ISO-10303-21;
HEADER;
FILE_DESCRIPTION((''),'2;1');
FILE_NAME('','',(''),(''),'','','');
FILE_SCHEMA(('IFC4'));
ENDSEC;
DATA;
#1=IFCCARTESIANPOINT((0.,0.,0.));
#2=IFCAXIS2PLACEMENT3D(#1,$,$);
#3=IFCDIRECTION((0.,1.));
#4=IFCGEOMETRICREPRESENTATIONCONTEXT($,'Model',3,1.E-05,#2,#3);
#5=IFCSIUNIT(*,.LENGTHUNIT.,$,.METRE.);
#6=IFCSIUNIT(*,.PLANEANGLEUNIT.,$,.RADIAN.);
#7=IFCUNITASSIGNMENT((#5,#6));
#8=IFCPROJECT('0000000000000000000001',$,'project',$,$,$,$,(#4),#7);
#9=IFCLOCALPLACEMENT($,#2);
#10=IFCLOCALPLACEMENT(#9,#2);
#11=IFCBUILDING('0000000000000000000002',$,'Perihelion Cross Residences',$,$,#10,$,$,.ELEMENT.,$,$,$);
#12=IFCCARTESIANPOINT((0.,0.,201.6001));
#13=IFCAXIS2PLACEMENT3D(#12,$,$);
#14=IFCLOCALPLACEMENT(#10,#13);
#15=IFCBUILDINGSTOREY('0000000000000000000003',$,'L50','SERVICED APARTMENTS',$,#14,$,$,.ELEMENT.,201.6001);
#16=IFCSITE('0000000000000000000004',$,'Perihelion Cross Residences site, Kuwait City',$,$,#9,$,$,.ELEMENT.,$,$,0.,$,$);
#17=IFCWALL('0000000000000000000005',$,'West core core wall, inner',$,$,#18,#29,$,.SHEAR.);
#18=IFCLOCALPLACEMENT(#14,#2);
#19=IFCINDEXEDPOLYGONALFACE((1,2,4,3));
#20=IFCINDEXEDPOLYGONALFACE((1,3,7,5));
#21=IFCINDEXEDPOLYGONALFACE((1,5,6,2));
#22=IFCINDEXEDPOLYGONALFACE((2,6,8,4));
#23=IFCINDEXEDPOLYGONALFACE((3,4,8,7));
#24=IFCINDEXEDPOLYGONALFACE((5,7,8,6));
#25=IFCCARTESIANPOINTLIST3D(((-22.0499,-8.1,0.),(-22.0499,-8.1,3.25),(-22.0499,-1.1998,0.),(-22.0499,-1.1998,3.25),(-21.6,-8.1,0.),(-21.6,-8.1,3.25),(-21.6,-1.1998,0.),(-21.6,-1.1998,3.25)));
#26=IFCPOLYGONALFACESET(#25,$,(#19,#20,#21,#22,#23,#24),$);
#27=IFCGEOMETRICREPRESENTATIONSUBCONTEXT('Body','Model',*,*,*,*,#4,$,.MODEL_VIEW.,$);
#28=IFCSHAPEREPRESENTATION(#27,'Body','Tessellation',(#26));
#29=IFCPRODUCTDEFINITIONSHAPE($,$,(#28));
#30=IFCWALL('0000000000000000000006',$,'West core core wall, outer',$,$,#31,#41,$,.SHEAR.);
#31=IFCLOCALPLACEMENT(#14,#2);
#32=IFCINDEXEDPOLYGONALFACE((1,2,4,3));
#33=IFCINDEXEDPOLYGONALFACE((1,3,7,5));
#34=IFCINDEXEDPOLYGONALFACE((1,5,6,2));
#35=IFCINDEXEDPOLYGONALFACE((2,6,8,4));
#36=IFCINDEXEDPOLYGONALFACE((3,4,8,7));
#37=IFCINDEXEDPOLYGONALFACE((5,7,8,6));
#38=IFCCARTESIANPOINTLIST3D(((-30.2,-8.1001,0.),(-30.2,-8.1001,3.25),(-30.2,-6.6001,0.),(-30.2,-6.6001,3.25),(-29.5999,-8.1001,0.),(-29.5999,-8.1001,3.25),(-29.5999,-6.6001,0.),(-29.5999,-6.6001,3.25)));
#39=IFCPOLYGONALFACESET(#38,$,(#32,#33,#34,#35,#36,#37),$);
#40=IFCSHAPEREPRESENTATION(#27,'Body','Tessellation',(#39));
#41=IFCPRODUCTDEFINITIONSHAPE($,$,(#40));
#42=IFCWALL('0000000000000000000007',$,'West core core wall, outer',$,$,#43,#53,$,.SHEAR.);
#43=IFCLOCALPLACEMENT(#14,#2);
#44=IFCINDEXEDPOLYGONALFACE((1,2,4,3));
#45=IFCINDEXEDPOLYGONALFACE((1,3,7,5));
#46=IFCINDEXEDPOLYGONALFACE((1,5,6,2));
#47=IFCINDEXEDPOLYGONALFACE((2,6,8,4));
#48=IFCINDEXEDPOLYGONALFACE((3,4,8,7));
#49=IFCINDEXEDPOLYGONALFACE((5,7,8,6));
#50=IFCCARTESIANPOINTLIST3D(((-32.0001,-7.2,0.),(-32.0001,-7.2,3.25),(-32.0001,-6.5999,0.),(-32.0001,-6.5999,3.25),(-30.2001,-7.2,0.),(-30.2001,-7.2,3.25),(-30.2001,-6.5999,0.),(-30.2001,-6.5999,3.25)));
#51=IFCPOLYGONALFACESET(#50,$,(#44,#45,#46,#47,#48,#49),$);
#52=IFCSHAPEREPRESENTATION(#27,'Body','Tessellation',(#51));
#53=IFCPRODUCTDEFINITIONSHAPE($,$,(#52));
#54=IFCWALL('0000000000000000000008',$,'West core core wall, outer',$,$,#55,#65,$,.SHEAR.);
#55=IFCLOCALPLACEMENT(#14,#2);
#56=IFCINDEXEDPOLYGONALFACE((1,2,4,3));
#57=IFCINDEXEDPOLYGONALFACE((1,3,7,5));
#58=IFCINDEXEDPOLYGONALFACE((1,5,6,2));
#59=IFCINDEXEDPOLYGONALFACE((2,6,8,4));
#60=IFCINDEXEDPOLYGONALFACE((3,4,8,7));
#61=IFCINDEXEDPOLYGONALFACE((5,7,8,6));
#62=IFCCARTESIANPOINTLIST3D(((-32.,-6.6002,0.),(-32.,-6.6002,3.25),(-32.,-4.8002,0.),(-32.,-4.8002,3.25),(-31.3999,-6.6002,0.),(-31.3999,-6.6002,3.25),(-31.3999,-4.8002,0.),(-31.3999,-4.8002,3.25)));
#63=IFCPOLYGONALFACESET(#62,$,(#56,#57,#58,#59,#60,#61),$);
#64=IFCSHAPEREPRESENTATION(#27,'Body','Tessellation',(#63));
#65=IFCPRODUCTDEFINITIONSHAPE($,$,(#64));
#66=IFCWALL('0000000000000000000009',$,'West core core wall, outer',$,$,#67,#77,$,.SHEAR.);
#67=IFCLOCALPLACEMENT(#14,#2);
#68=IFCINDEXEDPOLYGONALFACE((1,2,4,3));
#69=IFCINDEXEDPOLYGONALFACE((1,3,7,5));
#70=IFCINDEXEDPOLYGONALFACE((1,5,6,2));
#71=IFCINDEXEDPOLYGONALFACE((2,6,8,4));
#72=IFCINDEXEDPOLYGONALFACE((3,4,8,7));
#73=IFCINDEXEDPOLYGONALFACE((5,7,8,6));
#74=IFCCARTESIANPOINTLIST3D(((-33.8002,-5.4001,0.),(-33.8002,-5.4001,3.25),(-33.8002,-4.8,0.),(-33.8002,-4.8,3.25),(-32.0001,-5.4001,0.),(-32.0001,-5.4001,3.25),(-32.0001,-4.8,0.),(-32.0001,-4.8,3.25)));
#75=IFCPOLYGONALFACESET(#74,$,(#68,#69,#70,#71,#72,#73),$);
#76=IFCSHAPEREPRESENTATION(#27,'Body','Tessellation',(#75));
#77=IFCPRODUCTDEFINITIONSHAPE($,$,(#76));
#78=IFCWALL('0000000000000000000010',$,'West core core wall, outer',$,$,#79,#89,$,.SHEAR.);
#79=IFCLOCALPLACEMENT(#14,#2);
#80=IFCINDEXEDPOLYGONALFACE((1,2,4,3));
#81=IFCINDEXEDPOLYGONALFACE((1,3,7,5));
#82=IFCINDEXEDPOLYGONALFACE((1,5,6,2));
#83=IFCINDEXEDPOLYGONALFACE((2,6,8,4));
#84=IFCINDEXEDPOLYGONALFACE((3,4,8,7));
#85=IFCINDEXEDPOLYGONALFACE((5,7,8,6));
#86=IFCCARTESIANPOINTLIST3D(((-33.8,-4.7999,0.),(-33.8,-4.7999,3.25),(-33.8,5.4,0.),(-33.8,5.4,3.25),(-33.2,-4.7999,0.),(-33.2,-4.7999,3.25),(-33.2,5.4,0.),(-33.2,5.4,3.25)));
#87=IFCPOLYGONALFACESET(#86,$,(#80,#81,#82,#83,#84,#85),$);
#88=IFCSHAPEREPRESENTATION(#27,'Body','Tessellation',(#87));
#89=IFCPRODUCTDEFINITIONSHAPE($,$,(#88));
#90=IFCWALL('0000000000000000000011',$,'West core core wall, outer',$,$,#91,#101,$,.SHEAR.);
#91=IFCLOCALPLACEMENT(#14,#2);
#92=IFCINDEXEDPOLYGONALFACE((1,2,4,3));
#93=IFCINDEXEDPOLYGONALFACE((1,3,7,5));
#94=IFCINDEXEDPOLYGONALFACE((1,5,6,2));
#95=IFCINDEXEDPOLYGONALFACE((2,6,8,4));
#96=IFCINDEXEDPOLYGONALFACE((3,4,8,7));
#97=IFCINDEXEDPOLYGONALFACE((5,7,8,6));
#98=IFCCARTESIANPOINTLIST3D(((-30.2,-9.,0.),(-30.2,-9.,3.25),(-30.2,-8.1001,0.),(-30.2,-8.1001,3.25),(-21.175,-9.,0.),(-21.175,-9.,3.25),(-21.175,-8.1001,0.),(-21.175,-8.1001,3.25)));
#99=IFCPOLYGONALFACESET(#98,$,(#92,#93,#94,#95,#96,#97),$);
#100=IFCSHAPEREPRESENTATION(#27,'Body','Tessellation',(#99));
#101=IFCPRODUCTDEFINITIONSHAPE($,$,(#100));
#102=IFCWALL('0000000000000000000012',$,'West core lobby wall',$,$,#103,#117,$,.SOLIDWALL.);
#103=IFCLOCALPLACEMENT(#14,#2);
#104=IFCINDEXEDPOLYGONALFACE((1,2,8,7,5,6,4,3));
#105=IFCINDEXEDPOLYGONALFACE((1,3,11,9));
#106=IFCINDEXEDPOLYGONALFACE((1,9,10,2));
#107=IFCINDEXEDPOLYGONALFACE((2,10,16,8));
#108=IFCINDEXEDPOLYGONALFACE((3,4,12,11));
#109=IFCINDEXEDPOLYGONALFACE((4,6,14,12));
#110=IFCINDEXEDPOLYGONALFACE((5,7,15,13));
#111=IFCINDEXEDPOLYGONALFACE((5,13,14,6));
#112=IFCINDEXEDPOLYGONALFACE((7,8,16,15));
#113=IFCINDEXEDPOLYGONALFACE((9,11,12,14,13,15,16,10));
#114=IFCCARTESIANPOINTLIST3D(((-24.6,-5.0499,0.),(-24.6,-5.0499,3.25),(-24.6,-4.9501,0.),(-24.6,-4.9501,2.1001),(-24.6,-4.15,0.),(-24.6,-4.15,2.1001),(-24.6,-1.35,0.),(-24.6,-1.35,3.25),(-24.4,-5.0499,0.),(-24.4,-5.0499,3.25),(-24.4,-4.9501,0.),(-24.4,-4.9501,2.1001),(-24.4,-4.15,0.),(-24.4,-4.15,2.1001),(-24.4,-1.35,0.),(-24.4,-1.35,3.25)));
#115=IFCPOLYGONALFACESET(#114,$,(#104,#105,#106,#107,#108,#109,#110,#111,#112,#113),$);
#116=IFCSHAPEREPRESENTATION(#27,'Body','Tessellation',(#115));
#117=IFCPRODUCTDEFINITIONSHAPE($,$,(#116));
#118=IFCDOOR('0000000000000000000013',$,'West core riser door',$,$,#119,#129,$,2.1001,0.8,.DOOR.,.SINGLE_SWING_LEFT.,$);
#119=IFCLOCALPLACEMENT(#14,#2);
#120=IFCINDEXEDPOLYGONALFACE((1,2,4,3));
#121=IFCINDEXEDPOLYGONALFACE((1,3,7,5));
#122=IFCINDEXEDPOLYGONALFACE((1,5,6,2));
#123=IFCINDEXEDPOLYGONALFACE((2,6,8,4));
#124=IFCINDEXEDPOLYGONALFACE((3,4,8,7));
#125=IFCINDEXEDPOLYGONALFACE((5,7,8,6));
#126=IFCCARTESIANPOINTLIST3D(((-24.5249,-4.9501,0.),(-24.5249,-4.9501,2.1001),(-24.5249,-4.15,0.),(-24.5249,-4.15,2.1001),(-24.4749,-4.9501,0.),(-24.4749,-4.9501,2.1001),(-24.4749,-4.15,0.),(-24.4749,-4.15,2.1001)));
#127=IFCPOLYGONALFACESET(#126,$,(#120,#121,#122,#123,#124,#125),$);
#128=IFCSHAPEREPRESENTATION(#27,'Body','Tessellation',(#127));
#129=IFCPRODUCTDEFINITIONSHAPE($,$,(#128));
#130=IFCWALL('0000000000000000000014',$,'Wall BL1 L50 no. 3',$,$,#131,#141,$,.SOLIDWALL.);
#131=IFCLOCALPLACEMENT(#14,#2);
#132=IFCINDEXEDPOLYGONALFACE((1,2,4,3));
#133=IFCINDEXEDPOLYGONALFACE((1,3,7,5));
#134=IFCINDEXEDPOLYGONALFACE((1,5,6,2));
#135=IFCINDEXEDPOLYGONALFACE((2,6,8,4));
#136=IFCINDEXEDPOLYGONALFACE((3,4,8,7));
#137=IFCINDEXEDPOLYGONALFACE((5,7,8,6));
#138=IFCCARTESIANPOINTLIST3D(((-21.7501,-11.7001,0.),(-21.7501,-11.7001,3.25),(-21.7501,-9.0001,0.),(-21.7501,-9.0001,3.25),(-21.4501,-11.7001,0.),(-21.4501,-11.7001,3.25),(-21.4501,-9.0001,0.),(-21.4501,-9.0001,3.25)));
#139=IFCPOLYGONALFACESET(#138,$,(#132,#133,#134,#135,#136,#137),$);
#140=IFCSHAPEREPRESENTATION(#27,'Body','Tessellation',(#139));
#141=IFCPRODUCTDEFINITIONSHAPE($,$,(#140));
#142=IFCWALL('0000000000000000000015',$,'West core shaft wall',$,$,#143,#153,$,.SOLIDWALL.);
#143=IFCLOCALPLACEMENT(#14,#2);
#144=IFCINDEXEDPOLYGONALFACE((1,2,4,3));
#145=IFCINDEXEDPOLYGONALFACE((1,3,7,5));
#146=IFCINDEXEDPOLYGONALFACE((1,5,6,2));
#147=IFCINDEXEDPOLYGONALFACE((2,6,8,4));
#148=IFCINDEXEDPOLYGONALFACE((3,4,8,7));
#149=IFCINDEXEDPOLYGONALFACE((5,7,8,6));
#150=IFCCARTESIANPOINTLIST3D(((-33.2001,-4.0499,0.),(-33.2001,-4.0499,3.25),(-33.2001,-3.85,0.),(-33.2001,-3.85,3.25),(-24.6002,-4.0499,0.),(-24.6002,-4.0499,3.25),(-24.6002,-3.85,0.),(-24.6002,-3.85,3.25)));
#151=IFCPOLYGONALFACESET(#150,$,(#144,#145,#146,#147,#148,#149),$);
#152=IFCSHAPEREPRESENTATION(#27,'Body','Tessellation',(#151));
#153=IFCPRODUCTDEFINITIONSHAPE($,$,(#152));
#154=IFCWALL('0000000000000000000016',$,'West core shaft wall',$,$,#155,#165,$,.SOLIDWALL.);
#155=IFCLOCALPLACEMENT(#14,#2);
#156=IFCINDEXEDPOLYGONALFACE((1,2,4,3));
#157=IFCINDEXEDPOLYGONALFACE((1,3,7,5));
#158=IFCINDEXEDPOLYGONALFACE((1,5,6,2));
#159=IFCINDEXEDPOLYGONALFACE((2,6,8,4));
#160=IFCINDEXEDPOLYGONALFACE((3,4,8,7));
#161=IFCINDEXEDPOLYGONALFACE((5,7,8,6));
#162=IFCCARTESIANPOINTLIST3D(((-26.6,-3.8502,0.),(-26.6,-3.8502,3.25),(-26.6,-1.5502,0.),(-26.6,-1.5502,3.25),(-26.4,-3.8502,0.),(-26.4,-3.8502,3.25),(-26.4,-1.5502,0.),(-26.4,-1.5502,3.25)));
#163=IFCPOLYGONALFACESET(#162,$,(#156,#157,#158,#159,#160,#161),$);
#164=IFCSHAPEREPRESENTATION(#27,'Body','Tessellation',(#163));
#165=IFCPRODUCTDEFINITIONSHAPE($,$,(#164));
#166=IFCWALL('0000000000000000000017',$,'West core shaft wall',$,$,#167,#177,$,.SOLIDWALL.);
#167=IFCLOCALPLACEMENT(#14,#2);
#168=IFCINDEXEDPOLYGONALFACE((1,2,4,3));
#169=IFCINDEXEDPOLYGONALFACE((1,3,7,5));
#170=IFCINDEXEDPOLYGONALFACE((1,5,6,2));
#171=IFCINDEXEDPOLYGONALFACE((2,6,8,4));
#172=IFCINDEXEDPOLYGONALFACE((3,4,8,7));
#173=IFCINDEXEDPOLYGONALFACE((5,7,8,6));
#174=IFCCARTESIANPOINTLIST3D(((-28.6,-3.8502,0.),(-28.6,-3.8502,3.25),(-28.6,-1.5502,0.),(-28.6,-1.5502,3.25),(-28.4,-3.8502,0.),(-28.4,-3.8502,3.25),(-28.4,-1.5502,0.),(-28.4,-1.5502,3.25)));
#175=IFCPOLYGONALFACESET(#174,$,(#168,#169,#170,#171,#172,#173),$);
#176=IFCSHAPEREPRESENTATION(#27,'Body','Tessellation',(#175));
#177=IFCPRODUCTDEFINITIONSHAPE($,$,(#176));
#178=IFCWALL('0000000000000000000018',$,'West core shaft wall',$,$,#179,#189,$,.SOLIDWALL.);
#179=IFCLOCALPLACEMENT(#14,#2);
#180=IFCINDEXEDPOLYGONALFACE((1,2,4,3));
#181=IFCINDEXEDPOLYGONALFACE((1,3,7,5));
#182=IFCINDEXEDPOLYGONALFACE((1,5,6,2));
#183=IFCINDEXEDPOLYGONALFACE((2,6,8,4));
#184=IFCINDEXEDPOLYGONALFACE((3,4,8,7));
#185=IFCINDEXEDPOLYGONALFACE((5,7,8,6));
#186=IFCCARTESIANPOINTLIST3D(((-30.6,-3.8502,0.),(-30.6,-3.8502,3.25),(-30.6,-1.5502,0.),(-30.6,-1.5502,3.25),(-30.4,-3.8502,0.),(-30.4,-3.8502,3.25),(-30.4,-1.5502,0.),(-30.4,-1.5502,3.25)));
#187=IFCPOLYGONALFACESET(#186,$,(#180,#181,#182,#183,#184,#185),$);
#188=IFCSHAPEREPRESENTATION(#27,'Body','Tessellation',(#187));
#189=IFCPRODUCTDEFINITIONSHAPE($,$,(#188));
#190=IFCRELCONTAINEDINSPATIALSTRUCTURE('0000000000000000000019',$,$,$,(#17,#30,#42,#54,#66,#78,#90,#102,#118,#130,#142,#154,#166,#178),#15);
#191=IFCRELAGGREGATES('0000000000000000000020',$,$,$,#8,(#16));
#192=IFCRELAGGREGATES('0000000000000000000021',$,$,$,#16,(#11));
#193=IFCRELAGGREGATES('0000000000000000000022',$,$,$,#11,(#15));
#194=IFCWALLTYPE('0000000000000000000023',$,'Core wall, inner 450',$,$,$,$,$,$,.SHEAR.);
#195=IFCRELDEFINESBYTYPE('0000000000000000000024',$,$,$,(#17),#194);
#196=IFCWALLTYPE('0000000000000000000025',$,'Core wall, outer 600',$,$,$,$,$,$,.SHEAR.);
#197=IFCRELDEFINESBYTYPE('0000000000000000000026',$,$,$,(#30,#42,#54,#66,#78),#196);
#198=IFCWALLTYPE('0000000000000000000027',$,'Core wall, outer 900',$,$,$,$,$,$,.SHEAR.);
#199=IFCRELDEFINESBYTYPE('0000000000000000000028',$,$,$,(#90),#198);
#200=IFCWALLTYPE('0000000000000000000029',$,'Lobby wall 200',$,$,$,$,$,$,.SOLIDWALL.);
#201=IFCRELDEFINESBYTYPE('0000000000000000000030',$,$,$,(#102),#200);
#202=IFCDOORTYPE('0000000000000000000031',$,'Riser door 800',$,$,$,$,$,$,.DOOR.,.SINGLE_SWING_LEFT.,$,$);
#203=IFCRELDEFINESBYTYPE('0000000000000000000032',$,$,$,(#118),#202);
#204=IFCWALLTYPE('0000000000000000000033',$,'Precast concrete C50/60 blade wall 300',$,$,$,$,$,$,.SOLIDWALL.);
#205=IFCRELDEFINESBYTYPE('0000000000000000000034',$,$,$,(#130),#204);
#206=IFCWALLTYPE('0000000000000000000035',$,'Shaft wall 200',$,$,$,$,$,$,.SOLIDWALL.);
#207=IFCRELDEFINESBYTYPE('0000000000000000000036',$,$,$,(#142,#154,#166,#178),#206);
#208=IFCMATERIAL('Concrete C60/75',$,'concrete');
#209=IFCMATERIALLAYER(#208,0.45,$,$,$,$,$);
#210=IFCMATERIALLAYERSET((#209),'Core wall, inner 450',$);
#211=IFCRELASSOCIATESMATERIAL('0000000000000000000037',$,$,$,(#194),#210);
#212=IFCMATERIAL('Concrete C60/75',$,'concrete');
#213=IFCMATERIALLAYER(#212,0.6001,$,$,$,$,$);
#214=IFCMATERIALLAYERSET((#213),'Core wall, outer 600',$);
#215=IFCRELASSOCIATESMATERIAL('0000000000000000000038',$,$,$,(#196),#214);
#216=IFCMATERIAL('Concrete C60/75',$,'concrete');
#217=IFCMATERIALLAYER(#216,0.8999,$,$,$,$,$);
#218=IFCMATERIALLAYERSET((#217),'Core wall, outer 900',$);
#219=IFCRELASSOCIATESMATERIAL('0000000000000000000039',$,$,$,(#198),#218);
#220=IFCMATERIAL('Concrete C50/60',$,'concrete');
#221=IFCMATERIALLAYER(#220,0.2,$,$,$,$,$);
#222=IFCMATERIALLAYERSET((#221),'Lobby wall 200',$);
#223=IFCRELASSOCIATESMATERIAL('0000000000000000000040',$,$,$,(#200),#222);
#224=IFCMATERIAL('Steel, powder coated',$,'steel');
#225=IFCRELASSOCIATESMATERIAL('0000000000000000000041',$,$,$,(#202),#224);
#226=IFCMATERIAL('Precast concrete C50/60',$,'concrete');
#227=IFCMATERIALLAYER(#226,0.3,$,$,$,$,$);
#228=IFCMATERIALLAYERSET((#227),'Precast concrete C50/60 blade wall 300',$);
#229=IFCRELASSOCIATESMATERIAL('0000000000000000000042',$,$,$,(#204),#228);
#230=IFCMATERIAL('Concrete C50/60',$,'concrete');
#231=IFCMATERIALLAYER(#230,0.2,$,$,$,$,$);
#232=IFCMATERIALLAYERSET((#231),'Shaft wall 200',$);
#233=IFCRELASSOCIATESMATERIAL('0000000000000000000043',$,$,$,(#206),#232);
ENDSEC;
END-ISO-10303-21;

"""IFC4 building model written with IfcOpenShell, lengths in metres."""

from ifc_helpers import new_model, si_unit, direction, frame, frame_2d, origin, place, context, subcontext, project, spatial, rectangle, extrude, material, layer, layer_set, type_object, element, fill, save


model = new_model("IFC4")

# Units and contexts
model_context = context("Model", 3, precision=1e-05, world=origin(), true_north=direction((0.0, 1.0)))
body_context = subcontext(model_context, "Body", "Model", "MODEL_VIEW")
ifc_project = project(units=[si_unit("LENGTHUNIT", "METRE"), si_unit("PLANEANGLEUNIT", "RADIAN")], contexts=[model_context])

# Site, building, storey
site_placement = place(None, origin())
site = spatial("IfcSite", under=ifc_project, at=site_placement, Name="Perihelion Cross Residences site, Kuwait City", CompositionType="ELEMENT", RefElevation=0.0)
building_placement = place(site_placement, origin())
building = spatial("IfcBuilding", under=site, at=building_placement, Name="Perihelion Cross Residences", CompositionType="ELEMENT")
storey_placement = place(building_placement, frame((0.0, 0.0, 201.6001)))
storey = spatial("IfcBuildingStorey", under=building, at=storey_placement, Name="L50", Description="SERVICED APARTMENTS", CompositionType="ELEMENT", Elevation=201.6001)

# Walls
ifc_material_1 = material(Name="Concrete C60/75", Category="concrete")
ifc_layer_1 = layer(ifc_material_1, 0.45)
ifc_layer_set_1 = layer_set([ifc_layer_1], Name="Core wall, inner 450")
wall_type_1 = type_object("IfcWallType", Name="Core wall, inner 450", PredefinedType="SHEAR", material=ifc_layer_set_1)
wall_1_placement = place(storey_placement, frame((-21.825, -8.1001, 0.0), z_axis=(0.0, 0.0, 1.0), x_axis=(0.0, 1.0, 0.0)))
element("IfcWall", 1, at=wall_1_placement, inside=storey, type_object=wall_type_1, Name="West core core wall, inner", PredefinedType="SHEAR", context=body_context, shape_type="SweptSolid", body=[
    extrude(rectangle(XDim=6.9001, YDim=0.45, at=frame_2d((3.4502, 0.0))), origin(), (0.0, 0.0, 1.0), 3.25),
])
ifc_material_2 = material(Name="Concrete C60/75", Category="concrete")
ifc_layer_2 = layer(ifc_material_2, 0.6001)
ifc_layer_set_2 = layer_set([ifc_layer_2], Name="Core wall, outer 600")
wall_type_2 = type_object("IfcWallType", Name="Core wall, outer 600", PredefinedType="SHEAR", material=ifc_layer_set_2)
wall_2_placement = place(storey_placement, frame((-29.8999, -8.1001, 0.0), z_axis=(0.0, 0.0, 1.0), x_axis=(0.0, 1.0, 0.0)))
element("IfcWall", 2, at=wall_2_placement, inside=storey, type_object=wall_type_2, Name="West core core wall, outer", PredefinedType="SHEAR", context=body_context, shape_type="SweptSolid", body=[
    extrude(rectangle(XDim=1.5, YDim=0.6001, at=frame_2d((0.75, 0.0))), origin(), (0.0, 0.0, 1.0), 3.25),
])
for number, where, z_axis, x_axis, name in (
    (3, (-32.0, -6.8999, 0.0), (0.0, 0.0, 1.0), (1.0, 0.0, 0.0), "West core core wall, outer"),
    (4, (-31.7, -6.6001, 0.0), (0.0, 0.0, 1.0), (0.0, 1.0, 0.0), "West core core wall, outer"),
    (5, (-33.8, -5.1001, 0.0), (0.0, 0.0, 1.0), (1.0, 0.0, 0.0), "West core core wall, outer"),
):
    element("IfcWall", number, at=place(storey_placement, frame(where, z_axis=z_axis, x_axis=x_axis)), inside=storey, type_object=wall_type_2, Name=name, PredefinedType="SHEAR", context=body_context, shape_type="SweptSolid", body=[
        extrude(rectangle(XDim=1.8, YDim=0.6001, at=frame_2d((0.8999, 0.0))), origin(), (0.0, 0.0, 1.0), 3.25),
    ])
wall_3_placement = place(storey_placement, frame((-33.5, -4.8, 0.0), z_axis=(0.0, 0.0, 1.0), x_axis=(0.0, 1.0, 0.0)))
element("IfcWall", 6, at=wall_3_placement, inside=storey, type_object=wall_type_2, Name="West core core wall, outer", PredefinedType="SHEAR", context=body_context, shape_type="SweptSolid", body=[
    extrude(rectangle(XDim=10.2, YDim=0.6001, at=frame_2d((5.1001, 0.0))), origin(), (0.0, 0.0, 1.0), 3.25),
])
ifc_material_3 = material(Name="Concrete C60/75", Category="concrete")
ifc_layer_3 = layer(ifc_material_3, 0.8999)
ifc_layer_set_3 = layer_set([ifc_layer_3], Name="Core wall, outer 900")
wall_type_3 = type_object("IfcWallType", Name="Core wall, outer 900", PredefinedType="SHEAR", material=ifc_layer_set_3)
wall_4_placement = place(storey_placement, frame((-30.2, -8.55, 0.0), z_axis=(0.0, 0.0, 1.0), x_axis=(1.0, 0.0, 0.0)))
element("IfcWall", 7, at=wall_4_placement, inside=storey, type_object=wall_type_3, Name="West core core wall, outer", PredefinedType="SHEAR", context=body_context, shape_type="SweptSolid", body=[
    extrude(rectangle(XDim=9.0249, YDim=0.8999, at=frame_2d((4.5125, 0.0))), origin(), (0.0, 0.0, 1.0), 3.25),
])

# Wall, opening, door
ifc_material_4 = material(Name="Concrete C50/60", Category="concrete")
ifc_layer_4 = layer(ifc_material_4, 0.2)
ifc_layer_set_4 = layer_set([ifc_layer_4], Name="Lobby wall 200")
wall_type_4 = type_object("IfcWallType", Name="Lobby wall 200", PredefinedType="SOLIDWALL", material=ifc_layer_set_4)
wall_5_placement = place(storey_placement, frame((-24.5, -5.05, 0.0), z_axis=(0.0, 0.0, 1.0), x_axis=(0.0, 1.0, 0.0)))
wall_5 = element("IfcWall", 8, at=wall_5_placement, inside=storey, type_object=wall_type_4, Name="West core lobby wall", PredefinedType="SOLIDWALL", context=body_context, shape_type="SweptSolid", body=[
    extrude(rectangle(XDim=3.7, YDim=0.2, at=frame_2d((1.8501, 0.0))), origin(), (0.0, 0.0, 1.0), 3.25),
])
opening_1_placement = place(wall_5_placement, frame((0.1001, 0.0, 0.0)))
opening_1 = element("IfcOpeningElement", 9, at=opening_1_placement, cuts=wall_5, PredefinedType="OPENING", context=body_context, shape_type="SweptSolid", body=[
    extrude(rectangle(XDim=0.8, YDim=2.1001, at=frame_2d((0.3999, 1.05))), frame((0.0, 0.1099, 0.0), z_axis=(0.0, -1.0, 0.0), x_axis=(1.0, 0.0, 0.0)), (0.0, 0.0, 1.0), 0.22),
])
ifc_material_5 = material(Name="Steel, powder coated", Category="steel")
door_type_1 = type_object("IfcDoorType", Name="Riser door 800", OperationType="SINGLE_SWING_LEFT", PredefinedType="DOOR", material=ifc_material_5)
door_1_placement = place(opening_1_placement, origin())
door_1 = element("IfcDoor", 10, at=door_1_placement, inside=storey, type_object=door_type_1, Name="West core riser door", OperationType="SINGLE_SWING_LEFT", OverallHeight=2.1001, OverallWidth=0.8, PredefinedType="DOOR", context=body_context, shape_type="SweptSolid", body=[
    extrude(rectangle(XDim=0.8, YDim=2.1001, at=frame_2d((0.3999, 1.05))), frame((0.0, 0.0249, 0.0), z_axis=(0.0, -1.0, 0.0), x_axis=(1.0, 0.0, 0.0)), (0.0, 0.0, 1.0), 0.05),
])
fill(opening_1, door_1)

# Walls
ifc_material_6 = material(Name="Precast concrete C50/60", Category="concrete")
ifc_layer_5 = layer(ifc_material_6, 0.3)
ifc_layer_set_5 = layer_set([ifc_layer_5], Name="Precast concrete C50/60 blade wall 300")
wall_type_5 = type_object("IfcWallType", Name="Precast concrete C50/60 blade wall 300", PredefinedType="SOLIDWALL", material=ifc_layer_set_5)
wall_6_placement = place(storey_placement, frame((-21.6001, -9.0, 0.0), z_axis=(0.0, 0.0, 1.0), x_axis=(0.0, -1.0, 0.0)))
element("IfcWall", 11, at=wall_6_placement, inside=storey, type_object=wall_type_5, Name="Wall BL1 L50 no. 3", PredefinedType="SOLIDWALL", context=body_context, shape_type="SweptSolid", body=[
    extrude(rectangle(XDim=2.7, YDim=0.3, at=frame_2d((1.3501, 0.0))), origin(), (0.0, 0.0, 1.0), 3.25),
])
ifc_material_7 = material(Name="Concrete C50/60", Category="concrete")
ifc_layer_6 = layer(ifc_material_7, 0.2)
ifc_layer_set_6 = layer_set([ifc_layer_6], Name="Shaft wall 200")
wall_type_6 = type_object("IfcWallType", Name="Shaft wall 200", PredefinedType="SOLIDWALL", material=ifc_layer_set_6)
wall_7_placement = place(storey_placement, frame((-33.2, -3.95, 0.0), z_axis=(0.0, 0.0, 1.0), x_axis=(1.0, 0.0, 0.0)))
element("IfcWall", 12, at=wall_7_placement, inside=storey, type_object=wall_type_6, Name="West core shaft wall", PredefinedType="SOLIDWALL", context=body_context, shape_type="SweptSolid", body=[
    extrude(rectangle(XDim=8.5999, YDim=0.2, at=frame_2d((4.2998, 0.0))), origin(), (0.0, 0.0, 1.0), 3.25),
])
for number, where, z_axis, x_axis, name in (
    (13, (-26.5, -3.8501, 0.0), (0.0, 0.0, 1.0), (0.0, 1.0, 0.0), "West core shaft wall"),
    (14, (-28.5, -3.8501, 0.0), (0.0, 0.0, 1.0), (0.0, 1.0, 0.0), "West core shaft wall"),
    (15, (-30.5, -3.8501, 0.0), (0.0, 0.0, 1.0), (0.0, 1.0, 0.0), "West core shaft wall"),
):
    element("IfcWall", number, at=place(storey_placement, frame(where, z_axis=z_axis, x_axis=x_axis)), inside=storey, type_object=wall_type_6, Name=name, PredefinedType="SOLIDWALL", context=body_context, shape_type="SweptSolid", body=[
        extrude(rectangle(XDim=2.3, YDim=0.2, at=frame_2d((1.1499, 0.0))), origin(), (0.0, 0.0, 1.0), 3.25),
    ])

save(model, "model.ifc")
